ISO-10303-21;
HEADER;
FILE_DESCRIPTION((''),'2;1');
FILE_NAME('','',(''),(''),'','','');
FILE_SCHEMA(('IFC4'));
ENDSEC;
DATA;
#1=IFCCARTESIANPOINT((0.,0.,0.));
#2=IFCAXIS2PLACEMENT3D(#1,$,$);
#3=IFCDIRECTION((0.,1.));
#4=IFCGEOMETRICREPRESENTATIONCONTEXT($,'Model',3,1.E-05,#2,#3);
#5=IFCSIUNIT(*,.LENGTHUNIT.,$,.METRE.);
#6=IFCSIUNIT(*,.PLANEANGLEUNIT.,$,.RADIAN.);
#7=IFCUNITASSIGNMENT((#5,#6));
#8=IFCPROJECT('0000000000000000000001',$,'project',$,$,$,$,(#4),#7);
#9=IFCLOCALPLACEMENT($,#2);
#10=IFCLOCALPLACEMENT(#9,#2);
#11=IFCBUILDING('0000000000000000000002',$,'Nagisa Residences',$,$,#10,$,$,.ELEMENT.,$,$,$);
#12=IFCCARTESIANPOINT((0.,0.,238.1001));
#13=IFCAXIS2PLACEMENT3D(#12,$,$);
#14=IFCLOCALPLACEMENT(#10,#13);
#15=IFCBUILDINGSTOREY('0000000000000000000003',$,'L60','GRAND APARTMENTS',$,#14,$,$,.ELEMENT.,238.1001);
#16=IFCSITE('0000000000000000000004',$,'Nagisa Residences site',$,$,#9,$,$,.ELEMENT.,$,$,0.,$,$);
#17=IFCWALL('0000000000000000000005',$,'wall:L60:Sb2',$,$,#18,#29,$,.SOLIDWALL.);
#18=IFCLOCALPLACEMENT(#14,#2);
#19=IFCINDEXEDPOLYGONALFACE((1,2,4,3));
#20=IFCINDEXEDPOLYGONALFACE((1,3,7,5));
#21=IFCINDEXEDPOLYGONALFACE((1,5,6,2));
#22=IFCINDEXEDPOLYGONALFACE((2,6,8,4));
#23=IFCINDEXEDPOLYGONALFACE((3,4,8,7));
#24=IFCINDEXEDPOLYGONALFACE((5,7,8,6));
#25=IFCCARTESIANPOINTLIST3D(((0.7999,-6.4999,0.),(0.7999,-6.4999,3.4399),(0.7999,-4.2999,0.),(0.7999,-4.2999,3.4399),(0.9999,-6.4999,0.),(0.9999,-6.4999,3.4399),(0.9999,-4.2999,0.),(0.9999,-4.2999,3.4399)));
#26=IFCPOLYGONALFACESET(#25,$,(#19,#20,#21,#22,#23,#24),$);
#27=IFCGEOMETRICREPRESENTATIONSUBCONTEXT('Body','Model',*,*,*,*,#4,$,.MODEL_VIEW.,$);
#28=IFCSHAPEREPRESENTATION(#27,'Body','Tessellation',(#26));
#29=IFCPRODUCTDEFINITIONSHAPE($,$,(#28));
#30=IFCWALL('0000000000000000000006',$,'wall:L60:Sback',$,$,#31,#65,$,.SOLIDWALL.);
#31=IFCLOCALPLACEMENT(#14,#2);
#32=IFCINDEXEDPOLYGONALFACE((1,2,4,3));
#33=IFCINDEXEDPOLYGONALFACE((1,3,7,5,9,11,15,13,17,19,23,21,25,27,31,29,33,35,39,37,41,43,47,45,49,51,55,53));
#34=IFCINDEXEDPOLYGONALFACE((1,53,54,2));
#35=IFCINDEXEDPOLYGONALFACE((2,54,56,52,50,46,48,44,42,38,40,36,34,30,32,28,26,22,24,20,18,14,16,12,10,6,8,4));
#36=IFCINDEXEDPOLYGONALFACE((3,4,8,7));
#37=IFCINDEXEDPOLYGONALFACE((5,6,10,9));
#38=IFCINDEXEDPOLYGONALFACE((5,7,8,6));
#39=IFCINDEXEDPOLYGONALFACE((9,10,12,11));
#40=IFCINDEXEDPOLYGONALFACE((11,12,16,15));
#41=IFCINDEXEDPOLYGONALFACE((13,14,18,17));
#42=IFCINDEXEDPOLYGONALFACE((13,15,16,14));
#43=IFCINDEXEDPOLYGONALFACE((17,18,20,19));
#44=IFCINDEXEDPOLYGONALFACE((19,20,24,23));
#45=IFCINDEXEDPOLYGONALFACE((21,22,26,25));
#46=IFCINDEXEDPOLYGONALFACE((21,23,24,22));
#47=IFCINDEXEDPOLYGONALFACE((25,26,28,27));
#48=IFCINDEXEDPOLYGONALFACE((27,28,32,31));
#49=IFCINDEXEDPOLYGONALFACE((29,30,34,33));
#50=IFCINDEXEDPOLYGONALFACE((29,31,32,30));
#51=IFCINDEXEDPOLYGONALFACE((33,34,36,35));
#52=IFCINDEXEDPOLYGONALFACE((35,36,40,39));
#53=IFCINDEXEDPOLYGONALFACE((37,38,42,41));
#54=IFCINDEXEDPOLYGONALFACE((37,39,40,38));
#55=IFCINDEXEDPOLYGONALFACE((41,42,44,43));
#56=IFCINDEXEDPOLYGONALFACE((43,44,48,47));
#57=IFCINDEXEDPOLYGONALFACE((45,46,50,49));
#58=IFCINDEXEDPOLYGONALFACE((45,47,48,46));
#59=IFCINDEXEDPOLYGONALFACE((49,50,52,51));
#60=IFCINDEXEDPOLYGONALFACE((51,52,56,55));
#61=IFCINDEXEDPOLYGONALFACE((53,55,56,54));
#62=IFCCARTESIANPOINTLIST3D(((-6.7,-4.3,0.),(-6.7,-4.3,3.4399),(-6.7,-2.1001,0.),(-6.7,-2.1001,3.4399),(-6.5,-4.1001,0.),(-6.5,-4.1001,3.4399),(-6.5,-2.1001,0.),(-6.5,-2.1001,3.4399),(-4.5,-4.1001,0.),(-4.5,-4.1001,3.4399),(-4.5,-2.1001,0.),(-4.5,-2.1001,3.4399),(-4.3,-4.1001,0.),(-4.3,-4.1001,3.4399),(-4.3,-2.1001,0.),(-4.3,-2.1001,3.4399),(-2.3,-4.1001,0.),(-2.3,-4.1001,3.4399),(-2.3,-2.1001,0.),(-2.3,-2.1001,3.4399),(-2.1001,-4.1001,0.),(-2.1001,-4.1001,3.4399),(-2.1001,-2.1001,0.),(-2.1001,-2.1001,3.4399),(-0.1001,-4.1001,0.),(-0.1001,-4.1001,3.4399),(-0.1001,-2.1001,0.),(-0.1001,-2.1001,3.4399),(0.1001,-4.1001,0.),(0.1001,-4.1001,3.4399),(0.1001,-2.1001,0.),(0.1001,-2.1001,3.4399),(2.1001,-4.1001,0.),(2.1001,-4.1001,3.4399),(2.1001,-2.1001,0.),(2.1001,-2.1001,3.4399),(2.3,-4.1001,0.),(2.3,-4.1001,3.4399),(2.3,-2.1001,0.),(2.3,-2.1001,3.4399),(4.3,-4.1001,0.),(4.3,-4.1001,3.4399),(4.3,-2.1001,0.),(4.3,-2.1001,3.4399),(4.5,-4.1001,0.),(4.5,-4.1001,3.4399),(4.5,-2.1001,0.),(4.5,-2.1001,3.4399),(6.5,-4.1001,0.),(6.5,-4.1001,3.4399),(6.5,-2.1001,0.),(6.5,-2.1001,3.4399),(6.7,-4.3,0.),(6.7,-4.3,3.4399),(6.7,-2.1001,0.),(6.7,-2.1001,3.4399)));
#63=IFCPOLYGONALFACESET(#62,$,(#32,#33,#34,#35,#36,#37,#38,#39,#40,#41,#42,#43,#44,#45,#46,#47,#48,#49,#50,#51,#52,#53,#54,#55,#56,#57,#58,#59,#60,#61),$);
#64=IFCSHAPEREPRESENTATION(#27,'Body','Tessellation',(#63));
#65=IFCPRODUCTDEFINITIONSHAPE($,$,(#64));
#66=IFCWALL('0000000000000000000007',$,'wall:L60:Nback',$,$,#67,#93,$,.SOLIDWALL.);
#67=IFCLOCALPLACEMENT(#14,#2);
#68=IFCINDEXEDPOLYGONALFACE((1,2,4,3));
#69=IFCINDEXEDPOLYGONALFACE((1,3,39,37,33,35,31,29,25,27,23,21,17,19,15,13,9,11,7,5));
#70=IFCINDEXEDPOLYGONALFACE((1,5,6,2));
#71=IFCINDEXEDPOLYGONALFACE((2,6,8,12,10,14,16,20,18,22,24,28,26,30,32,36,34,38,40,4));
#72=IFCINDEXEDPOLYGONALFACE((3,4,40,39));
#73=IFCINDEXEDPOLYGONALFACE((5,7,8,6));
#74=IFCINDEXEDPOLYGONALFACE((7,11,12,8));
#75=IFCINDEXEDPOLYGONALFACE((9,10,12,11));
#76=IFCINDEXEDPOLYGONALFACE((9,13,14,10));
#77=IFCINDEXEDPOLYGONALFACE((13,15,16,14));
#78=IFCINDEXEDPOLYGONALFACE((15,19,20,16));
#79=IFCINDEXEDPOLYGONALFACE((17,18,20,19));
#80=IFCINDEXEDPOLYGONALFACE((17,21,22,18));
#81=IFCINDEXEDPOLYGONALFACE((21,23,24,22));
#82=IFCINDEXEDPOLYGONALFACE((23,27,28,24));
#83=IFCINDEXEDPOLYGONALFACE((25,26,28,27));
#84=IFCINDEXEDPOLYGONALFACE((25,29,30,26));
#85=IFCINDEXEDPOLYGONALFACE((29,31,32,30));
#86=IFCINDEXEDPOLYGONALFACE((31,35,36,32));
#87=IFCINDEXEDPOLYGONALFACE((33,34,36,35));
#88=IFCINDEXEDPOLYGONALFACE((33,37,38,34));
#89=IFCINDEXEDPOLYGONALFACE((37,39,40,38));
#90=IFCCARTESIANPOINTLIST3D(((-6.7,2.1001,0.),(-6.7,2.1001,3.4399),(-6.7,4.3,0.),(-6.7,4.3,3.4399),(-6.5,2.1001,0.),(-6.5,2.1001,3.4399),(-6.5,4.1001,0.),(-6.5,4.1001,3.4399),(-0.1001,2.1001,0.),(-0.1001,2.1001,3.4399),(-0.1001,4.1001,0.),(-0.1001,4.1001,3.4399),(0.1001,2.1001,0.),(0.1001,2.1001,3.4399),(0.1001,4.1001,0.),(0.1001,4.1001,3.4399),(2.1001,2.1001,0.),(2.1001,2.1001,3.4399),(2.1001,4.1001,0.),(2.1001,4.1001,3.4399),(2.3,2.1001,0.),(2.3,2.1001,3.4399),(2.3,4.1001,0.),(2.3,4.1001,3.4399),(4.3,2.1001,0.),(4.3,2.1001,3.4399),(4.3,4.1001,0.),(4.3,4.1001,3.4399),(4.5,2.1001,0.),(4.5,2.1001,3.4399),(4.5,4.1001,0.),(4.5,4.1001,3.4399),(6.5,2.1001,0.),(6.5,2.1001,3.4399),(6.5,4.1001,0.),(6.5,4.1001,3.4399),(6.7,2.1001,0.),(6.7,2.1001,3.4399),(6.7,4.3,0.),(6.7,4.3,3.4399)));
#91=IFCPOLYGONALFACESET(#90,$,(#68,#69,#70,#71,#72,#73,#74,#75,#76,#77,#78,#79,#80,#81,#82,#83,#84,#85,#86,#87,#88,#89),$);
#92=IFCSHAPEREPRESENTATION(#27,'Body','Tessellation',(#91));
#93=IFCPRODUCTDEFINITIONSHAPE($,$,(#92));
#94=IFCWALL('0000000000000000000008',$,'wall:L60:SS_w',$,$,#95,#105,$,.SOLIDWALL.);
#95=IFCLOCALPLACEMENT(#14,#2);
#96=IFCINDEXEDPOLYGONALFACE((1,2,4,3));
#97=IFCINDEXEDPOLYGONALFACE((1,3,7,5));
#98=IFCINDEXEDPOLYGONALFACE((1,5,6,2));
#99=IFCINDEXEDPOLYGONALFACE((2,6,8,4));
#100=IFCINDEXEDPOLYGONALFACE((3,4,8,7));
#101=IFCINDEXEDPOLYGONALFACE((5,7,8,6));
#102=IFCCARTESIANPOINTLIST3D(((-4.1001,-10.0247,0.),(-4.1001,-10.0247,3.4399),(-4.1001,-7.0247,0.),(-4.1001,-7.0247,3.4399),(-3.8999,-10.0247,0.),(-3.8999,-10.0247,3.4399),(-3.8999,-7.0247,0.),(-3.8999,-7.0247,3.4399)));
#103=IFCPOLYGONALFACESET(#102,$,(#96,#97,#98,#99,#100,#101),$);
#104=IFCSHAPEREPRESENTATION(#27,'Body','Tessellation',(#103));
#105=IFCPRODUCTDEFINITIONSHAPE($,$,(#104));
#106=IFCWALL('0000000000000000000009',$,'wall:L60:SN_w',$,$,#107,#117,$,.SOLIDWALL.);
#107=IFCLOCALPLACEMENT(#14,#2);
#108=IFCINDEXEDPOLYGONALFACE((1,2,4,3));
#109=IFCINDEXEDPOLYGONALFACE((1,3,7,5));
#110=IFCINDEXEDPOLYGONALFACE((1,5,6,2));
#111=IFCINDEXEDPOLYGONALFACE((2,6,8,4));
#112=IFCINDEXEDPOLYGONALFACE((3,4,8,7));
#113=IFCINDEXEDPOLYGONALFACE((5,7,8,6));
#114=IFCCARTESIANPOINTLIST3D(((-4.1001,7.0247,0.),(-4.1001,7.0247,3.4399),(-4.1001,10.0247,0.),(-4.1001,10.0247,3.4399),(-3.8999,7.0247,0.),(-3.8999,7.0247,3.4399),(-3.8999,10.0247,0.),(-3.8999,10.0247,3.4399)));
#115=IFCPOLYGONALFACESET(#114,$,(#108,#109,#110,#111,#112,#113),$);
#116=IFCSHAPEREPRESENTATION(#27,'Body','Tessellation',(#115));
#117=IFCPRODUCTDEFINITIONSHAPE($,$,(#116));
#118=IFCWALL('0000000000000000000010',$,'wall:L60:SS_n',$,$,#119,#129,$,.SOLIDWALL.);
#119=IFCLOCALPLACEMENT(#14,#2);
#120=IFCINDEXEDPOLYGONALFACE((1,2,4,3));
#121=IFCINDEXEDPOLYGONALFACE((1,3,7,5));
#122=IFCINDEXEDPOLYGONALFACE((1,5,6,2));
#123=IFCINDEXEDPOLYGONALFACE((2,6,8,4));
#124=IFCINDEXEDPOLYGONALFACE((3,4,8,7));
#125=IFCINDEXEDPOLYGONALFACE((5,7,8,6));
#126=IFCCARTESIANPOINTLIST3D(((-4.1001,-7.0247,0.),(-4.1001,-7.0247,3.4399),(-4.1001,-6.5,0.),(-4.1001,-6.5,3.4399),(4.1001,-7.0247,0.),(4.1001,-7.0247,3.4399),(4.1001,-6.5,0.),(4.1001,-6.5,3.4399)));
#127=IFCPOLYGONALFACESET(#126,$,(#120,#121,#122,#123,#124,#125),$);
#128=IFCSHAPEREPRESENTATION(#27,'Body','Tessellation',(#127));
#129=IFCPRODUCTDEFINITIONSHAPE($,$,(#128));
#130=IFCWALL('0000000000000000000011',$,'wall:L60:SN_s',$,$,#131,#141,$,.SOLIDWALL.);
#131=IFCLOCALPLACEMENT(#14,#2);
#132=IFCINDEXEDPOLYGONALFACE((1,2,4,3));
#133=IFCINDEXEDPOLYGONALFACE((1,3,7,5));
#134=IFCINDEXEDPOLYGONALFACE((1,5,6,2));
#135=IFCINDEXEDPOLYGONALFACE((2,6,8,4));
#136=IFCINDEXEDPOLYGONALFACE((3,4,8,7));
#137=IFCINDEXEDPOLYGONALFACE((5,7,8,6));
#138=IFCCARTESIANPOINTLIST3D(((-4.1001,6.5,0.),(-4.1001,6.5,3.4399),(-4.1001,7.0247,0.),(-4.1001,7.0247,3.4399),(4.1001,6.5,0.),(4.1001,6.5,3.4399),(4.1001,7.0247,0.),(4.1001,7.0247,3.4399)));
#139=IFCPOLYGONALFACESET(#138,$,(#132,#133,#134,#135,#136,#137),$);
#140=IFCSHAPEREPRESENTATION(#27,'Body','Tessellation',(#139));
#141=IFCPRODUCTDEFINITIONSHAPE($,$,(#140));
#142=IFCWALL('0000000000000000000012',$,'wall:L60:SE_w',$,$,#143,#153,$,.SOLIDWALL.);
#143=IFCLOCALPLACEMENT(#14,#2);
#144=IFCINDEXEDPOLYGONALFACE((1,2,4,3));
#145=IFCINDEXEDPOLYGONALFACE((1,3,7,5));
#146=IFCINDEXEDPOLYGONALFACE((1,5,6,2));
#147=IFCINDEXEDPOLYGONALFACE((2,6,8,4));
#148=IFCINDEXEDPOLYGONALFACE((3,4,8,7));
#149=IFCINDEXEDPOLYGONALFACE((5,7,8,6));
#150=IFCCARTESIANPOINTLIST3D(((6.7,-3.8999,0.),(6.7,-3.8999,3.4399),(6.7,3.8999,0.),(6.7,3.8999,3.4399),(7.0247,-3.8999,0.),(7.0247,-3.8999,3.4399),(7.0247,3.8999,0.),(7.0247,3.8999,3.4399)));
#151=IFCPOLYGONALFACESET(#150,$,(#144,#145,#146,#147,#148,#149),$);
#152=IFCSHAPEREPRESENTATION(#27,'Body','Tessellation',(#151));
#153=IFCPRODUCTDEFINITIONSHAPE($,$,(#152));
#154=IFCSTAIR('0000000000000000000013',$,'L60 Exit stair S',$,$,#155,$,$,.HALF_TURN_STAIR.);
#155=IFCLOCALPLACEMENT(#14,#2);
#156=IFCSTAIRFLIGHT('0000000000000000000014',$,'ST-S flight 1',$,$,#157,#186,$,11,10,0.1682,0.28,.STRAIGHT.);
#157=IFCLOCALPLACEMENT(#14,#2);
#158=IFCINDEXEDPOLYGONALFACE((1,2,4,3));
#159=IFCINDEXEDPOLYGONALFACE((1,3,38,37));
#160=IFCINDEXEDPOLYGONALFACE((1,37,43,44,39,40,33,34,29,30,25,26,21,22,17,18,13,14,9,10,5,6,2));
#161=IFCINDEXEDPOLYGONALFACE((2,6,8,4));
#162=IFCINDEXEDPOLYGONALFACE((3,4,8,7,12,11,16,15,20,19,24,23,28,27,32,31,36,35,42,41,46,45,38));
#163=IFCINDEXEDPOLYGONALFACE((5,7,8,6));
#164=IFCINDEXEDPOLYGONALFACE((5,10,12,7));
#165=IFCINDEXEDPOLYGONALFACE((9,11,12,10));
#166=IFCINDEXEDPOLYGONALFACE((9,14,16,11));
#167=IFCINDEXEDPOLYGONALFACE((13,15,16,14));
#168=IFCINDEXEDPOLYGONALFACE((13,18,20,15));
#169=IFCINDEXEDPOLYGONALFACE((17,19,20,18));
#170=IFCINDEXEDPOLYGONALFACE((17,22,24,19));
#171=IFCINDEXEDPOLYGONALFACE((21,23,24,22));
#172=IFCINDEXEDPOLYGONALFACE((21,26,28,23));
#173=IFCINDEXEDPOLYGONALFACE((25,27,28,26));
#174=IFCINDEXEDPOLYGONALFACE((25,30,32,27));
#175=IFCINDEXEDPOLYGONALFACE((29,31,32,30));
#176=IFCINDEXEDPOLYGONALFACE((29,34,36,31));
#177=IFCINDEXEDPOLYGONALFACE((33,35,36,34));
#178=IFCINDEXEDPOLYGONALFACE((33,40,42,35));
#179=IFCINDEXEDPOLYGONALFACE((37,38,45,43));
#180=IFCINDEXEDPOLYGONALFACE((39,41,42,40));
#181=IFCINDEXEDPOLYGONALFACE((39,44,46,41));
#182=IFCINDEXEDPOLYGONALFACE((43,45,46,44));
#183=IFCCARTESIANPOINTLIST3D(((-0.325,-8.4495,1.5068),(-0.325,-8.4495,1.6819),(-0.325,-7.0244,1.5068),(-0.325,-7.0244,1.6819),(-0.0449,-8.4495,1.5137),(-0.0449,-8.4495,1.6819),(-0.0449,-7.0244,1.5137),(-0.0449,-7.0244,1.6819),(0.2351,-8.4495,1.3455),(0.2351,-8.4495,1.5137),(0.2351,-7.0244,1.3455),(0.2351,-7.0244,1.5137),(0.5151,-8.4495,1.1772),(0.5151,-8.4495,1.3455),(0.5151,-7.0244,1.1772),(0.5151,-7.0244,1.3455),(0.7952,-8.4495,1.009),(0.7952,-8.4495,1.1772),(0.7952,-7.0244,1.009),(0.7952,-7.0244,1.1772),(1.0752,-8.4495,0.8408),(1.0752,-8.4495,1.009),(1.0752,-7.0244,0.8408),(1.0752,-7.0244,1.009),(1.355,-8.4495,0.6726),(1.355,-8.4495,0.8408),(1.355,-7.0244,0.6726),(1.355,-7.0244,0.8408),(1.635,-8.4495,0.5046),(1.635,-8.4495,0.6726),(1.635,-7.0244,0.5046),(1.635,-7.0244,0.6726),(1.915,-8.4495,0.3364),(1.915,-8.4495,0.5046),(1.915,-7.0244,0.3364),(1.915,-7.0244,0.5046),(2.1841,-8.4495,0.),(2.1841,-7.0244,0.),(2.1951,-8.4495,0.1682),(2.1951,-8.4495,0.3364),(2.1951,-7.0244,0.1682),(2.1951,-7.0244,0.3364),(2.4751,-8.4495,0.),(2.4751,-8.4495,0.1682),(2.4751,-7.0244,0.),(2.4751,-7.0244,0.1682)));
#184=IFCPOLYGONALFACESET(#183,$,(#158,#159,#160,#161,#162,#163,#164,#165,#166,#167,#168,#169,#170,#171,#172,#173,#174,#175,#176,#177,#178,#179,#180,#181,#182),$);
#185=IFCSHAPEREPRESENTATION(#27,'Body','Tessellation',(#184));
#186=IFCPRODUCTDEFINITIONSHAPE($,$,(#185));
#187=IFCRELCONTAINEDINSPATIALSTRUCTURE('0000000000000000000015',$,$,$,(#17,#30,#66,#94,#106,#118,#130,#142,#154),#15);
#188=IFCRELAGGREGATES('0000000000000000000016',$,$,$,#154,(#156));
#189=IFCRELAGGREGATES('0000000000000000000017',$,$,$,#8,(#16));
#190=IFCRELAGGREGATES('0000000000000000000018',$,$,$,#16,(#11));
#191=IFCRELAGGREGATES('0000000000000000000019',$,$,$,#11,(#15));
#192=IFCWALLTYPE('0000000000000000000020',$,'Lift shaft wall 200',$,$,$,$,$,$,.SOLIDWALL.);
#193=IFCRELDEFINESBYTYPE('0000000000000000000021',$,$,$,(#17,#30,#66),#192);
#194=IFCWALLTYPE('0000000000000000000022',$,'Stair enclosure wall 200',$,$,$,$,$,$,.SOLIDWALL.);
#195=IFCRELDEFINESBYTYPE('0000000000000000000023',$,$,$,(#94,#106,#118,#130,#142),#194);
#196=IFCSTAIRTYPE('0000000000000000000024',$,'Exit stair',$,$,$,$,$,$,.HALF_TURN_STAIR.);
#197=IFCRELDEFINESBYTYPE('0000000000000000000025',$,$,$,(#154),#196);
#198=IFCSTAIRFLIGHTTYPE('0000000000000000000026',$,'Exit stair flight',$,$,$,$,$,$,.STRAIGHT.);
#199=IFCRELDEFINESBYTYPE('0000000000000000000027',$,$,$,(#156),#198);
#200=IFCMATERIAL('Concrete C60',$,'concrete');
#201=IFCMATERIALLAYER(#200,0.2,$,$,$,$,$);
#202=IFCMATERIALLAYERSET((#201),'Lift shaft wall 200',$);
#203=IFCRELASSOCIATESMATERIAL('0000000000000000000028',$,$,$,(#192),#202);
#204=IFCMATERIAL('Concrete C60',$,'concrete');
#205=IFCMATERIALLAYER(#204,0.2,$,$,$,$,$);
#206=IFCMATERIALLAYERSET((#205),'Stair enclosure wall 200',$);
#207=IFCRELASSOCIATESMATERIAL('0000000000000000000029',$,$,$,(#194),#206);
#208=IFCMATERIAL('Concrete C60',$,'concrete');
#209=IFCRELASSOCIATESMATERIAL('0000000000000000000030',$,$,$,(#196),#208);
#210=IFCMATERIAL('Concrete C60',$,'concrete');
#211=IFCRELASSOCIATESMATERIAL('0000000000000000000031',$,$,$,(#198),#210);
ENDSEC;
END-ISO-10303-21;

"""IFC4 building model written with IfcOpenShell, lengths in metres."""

from ifc_helpers import new_model, si_unit, direction, frame, frame_2d, origin, place, context, subcontext, project, spatial, polyline, rectangle, outline, extrude, material, layer, layer_set, type_object, element, aggregate, save


model = new_model("IFC4")

# Units and contexts
model_context = context("Model", 3, precision=1e-05, world=origin(), true_north=direction((0.0, 1.0)))
body_context = subcontext(model_context, "Body", "Model", "MODEL_VIEW")
ifc_project = project(units=[si_unit("LENGTHUNIT", "METRE"), si_unit("PLANEANGLEUNIT", "RADIAN")], contexts=[model_context])

# Site, building, storey
site_placement = place(None, origin())
site = spatial("IfcSite", under=ifc_project, at=site_placement, Name="Nagisa Residences site", CompositionType="ELEMENT", RefElevation=0.0)
building_placement = place(site_placement, origin())
building = spatial("IfcBuilding", under=site, at=building_placement, Name="Nagisa Residences", CompositionType="ELEMENT")
storey_placement = place(building_placement, frame((0.0, 0.0, 238.1001)))
storey = spatial("IfcBuildingStorey", under=building, at=storey_placement, Name="L60", Description="GRAND APARTMENTS", CompositionType="ELEMENT", Elevation=238.1001)

# Shared definitions
ifc_material_1 = material(Name="Concrete C60", Category="concrete")
ifc_layer_1 = layer(ifc_material_1, 0.2)
ifc_layer_set_1 = layer_set([ifc_layer_1], Name="Lift shaft wall 200")
wall_type_1 = type_object("IfcWallType", Name="Lift shaft wall 200", PredefinedType="SOLIDWALL", material=ifc_layer_set_1)

# Walls
wall_1_placement = place(storey_placement, frame((0.8999, -6.5, 0.0), z_axis=(0.0, 0.0, 1.0), x_axis=(0.0, 1.0, 0.0)))
element("IfcWall", 1, at=wall_1_placement, inside=storey, type_object=wall_type_1, Name="wall:L60:Sb2", PredefinedType="SOLIDWALL", context=body_context, shape_type="SweptSolid", body=[
    extrude(rectangle(XDim=2.2, YDim=0.2, at=frame_2d((1.1001, 0.0))), origin(), (0.0, 0.0, 1.0), 3.4399),
])
wall_2_placement = place(storey_placement, origin())
element("IfcWall", 2, at=wall_2_placement, inside=storey, type_object=wall_type_1, Name="wall:L60:Sback", PredefinedType="SOLIDWALL", context=body_context, shape_type="SweptSolid", body=[
    extrude(outline(polyline([(-6.7, -2.1001), (-6.5, -2.1001), (-6.5, -4.1001), (-4.5, -4.1001), (-4.5, -2.1001), (-4.3, -2.1001), (-4.3, -4.1001), (-2.3, -4.1001), (-2.3, -2.1001), (-2.1001, -2.1001), (-2.1001, -4.1001), (-0.1001, -4.1001), (-0.1001, -2.1001), (0.1001, -2.1001), (0.1001, -4.1001), (2.1001, -4.1001), (2.1001, -2.1001), (2.3, -2.1001), (2.3, -4.1001), (4.3, -4.1001), (4.3, -2.1001), (4.5, -2.1001), (4.5, -4.1001), (6.5, -4.1001), (6.5, -2.1001), (6.7, -2.1001), (6.7, -4.3), (-6.7, -4.3), (-6.7, -2.1001)])), origin(), (0.0, 0.0, 1.0), 3.4399),
])
wall_3_placement = place(storey_placement, origin())
element("IfcWall", 3, at=wall_3_placement, inside=storey, type_object=wall_type_1, Name="wall:L60:Nback", PredefinedType="SOLIDWALL", context=body_context, shape_type="SweptSolid", body=[
    extrude(outline(polyline([(-6.7, 4.3), (6.7, 4.3), (6.7, 2.1001), (6.5, 2.1001), (6.5, 4.1001), (4.5, 4.1001), (4.5, 2.1001), (4.3, 2.1001), (4.3, 4.1001), (2.3, 4.1001), (2.3, 2.1001), (2.1001, 2.1001), (2.1001, 4.1001), (0.1001, 4.1001), (0.1001, 2.1001), (-0.1001, 2.1001), (-0.1001, 4.1001), (-6.5, 4.1001), (-6.5, 2.1001), (-6.7, 2.1001), (-6.7, 4.3)])), origin(), (0.0, 0.0, 1.0), 3.4399),
])
ifc_material_2 = material(Name="Concrete C60", Category="concrete")
ifc_layer_2 = layer(ifc_material_2, 0.2)
ifc_layer_set_2 = layer_set([ifc_layer_2], Name="Stair enclosure wall 200")
wall_type_2 = type_object("IfcWallType", Name="Stair enclosure wall 200", PredefinedType="SOLIDWALL", material=ifc_layer_set_2)
wall_4_placement = place(storey_placement, origin())
element("IfcWall", 4, at=wall_4_placement, inside=storey, type_object=wall_type_2, Name="wall:L60:SS_w", PredefinedType="SOLIDWALL", context=body_context, shape_type="SweptSolid", body=[
    extrude(outline(polyline([(-3.8999, -10.0247), (-4.1001, -10.0247), (-4.1001, -7.0247), (-3.8999, -7.0247), (-3.8999, -10.0247)])), origin(), (0.0, 0.0, 1.0), 3.4399),
])
wall_5_placement = place(storey_placement, origin())
element("IfcWall", 5, at=wall_5_placement, inside=storey, type_object=wall_type_2, Name="wall:L60:SN_w", PredefinedType="SOLIDWALL", context=body_context, shape_type="SweptSolid", body=[
    extrude(outline(polyline([(-3.8999, 7.0247), (-4.1001, 7.0247), (-4.1001, 10.0247), (-3.8999, 10.0247), (-3.8999, 7.0247)])), origin(), (0.0, 0.0, 1.0), 3.4399),
])
wall_6_placement = place(storey_placement, origin())
element("IfcWall", 6, at=wall_6_placement, inside=storey, type_object=wall_type_2, Name="wall:L60:SS_n", PredefinedType="SOLIDWALL", context=body_context, shape_type="SweptSolid", body=[
    extrude(outline(polyline([(4.1001, -7.0247), (-4.1001, -7.0247), (-4.1001, -6.5), (4.1001, -6.5), (4.1001, -7.0247)])), origin(), (0.0, 0.0, 1.0), 3.4399),
])
wall_7_placement = place(storey_placement, origin())
element("IfcWall", 7, at=wall_7_placement, inside=storey, type_object=wall_type_2, Name="wall:L60:SN_s", PredefinedType="SOLIDWALL", context=body_context, shape_type="SweptSolid", body=[
    extrude(outline(polyline([(4.1001, 6.5), (-4.1001, 6.5), (-4.1001, 7.0247), (4.1001, 7.0247), (4.1001, 6.5)])), origin(), (0.0, 0.0, 1.0), 3.4399),
])
wall_8_placement = place(storey_placement, origin())
element("IfcWall", 8, at=wall_8_placement, inside=storey, type_object=wall_type_2, Name="wall:L60:SE_w", PredefinedType="SOLIDWALL", context=body_context, shape_type="SweptSolid", body=[
    extrude(outline(polyline([(7.0247, -3.8999), (6.7, -3.8999), (6.7, 3.8999), (7.0247, 3.8999), (7.0247, -3.8999)])), origin(), (0.0, 0.0, 1.0), 3.4399),
])

# Stair, stair flight
ifc_material_3 = material(Name="Concrete C60", Category="concrete")
stair_type = type_object("IfcStairType", Name="Exit stair", PredefinedType="HALF_TURN_STAIR", material=ifc_material_3)
stair_placement = place(storey_placement, origin())
stair = element("IfcStair", 9, at=stair_placement, inside=storey, type_object=stair_type, Name="L60 Exit stair S", PredefinedType="HALF_TURN_STAIR")
ifc_material_4 = material(Name="Concrete C60", Category="concrete")
stair_flight_type = type_object("IfcStairFlightType", Name="Exit stair flight", PredefinedType="STRAIGHT", material=ifc_material_4)
stair_flight_placement = place(storey_placement, frame((2.4751, -7.7371, 0.0), z_axis=(0.0, 0.0, 1.0), x_axis=(-1.0, 0.0, 0.0)))
stair_flight = element("IfcStairFlight", 10, at=stair_flight_placement, type_object=stair_flight_type, Name="ST-S flight 1", NumberOfRisers=11, NumberOfTreads=10, PredefinedType="STRAIGHT", RiserHeight=0.1682, TreadLength=0.28, context=body_context, shape_type="SweptSolid", body=[
    extrude(outline(polyline([(0.0, 0.0), (0.0, 0.1682), (0.28, 0.1682), (0.28, 0.3364), (0.5601, 0.3364), (0.5601, 0.5046), (0.8401, 0.5046), (0.8401, 0.6726), (1.1201, 0.6726), (1.1201, 0.8408), (1.3999, 0.8408), (1.3999, 1.009), (1.6799, 1.009), (1.6799, 1.1772), (1.96, 1.1772), (1.96, 1.3455), (2.24, 1.3455), (2.24, 1.5137), (2.52, 1.5137), (2.52, 1.6819), (2.8, 1.6819), (2.8, 1.8501), (2.8, 1.5068), (0.291, 0.0), (0.0, 0.0)])), frame((0.0, 0.7124, 0.0), z_axis=(0.0, -1.0, 0.0), x_axis=(1.0, 0.0, 0.0)), (0.0, 0.0, 1.0), 1.425),
])
aggregate(stair, [stair_flight])

save(model, "model.ifc")
